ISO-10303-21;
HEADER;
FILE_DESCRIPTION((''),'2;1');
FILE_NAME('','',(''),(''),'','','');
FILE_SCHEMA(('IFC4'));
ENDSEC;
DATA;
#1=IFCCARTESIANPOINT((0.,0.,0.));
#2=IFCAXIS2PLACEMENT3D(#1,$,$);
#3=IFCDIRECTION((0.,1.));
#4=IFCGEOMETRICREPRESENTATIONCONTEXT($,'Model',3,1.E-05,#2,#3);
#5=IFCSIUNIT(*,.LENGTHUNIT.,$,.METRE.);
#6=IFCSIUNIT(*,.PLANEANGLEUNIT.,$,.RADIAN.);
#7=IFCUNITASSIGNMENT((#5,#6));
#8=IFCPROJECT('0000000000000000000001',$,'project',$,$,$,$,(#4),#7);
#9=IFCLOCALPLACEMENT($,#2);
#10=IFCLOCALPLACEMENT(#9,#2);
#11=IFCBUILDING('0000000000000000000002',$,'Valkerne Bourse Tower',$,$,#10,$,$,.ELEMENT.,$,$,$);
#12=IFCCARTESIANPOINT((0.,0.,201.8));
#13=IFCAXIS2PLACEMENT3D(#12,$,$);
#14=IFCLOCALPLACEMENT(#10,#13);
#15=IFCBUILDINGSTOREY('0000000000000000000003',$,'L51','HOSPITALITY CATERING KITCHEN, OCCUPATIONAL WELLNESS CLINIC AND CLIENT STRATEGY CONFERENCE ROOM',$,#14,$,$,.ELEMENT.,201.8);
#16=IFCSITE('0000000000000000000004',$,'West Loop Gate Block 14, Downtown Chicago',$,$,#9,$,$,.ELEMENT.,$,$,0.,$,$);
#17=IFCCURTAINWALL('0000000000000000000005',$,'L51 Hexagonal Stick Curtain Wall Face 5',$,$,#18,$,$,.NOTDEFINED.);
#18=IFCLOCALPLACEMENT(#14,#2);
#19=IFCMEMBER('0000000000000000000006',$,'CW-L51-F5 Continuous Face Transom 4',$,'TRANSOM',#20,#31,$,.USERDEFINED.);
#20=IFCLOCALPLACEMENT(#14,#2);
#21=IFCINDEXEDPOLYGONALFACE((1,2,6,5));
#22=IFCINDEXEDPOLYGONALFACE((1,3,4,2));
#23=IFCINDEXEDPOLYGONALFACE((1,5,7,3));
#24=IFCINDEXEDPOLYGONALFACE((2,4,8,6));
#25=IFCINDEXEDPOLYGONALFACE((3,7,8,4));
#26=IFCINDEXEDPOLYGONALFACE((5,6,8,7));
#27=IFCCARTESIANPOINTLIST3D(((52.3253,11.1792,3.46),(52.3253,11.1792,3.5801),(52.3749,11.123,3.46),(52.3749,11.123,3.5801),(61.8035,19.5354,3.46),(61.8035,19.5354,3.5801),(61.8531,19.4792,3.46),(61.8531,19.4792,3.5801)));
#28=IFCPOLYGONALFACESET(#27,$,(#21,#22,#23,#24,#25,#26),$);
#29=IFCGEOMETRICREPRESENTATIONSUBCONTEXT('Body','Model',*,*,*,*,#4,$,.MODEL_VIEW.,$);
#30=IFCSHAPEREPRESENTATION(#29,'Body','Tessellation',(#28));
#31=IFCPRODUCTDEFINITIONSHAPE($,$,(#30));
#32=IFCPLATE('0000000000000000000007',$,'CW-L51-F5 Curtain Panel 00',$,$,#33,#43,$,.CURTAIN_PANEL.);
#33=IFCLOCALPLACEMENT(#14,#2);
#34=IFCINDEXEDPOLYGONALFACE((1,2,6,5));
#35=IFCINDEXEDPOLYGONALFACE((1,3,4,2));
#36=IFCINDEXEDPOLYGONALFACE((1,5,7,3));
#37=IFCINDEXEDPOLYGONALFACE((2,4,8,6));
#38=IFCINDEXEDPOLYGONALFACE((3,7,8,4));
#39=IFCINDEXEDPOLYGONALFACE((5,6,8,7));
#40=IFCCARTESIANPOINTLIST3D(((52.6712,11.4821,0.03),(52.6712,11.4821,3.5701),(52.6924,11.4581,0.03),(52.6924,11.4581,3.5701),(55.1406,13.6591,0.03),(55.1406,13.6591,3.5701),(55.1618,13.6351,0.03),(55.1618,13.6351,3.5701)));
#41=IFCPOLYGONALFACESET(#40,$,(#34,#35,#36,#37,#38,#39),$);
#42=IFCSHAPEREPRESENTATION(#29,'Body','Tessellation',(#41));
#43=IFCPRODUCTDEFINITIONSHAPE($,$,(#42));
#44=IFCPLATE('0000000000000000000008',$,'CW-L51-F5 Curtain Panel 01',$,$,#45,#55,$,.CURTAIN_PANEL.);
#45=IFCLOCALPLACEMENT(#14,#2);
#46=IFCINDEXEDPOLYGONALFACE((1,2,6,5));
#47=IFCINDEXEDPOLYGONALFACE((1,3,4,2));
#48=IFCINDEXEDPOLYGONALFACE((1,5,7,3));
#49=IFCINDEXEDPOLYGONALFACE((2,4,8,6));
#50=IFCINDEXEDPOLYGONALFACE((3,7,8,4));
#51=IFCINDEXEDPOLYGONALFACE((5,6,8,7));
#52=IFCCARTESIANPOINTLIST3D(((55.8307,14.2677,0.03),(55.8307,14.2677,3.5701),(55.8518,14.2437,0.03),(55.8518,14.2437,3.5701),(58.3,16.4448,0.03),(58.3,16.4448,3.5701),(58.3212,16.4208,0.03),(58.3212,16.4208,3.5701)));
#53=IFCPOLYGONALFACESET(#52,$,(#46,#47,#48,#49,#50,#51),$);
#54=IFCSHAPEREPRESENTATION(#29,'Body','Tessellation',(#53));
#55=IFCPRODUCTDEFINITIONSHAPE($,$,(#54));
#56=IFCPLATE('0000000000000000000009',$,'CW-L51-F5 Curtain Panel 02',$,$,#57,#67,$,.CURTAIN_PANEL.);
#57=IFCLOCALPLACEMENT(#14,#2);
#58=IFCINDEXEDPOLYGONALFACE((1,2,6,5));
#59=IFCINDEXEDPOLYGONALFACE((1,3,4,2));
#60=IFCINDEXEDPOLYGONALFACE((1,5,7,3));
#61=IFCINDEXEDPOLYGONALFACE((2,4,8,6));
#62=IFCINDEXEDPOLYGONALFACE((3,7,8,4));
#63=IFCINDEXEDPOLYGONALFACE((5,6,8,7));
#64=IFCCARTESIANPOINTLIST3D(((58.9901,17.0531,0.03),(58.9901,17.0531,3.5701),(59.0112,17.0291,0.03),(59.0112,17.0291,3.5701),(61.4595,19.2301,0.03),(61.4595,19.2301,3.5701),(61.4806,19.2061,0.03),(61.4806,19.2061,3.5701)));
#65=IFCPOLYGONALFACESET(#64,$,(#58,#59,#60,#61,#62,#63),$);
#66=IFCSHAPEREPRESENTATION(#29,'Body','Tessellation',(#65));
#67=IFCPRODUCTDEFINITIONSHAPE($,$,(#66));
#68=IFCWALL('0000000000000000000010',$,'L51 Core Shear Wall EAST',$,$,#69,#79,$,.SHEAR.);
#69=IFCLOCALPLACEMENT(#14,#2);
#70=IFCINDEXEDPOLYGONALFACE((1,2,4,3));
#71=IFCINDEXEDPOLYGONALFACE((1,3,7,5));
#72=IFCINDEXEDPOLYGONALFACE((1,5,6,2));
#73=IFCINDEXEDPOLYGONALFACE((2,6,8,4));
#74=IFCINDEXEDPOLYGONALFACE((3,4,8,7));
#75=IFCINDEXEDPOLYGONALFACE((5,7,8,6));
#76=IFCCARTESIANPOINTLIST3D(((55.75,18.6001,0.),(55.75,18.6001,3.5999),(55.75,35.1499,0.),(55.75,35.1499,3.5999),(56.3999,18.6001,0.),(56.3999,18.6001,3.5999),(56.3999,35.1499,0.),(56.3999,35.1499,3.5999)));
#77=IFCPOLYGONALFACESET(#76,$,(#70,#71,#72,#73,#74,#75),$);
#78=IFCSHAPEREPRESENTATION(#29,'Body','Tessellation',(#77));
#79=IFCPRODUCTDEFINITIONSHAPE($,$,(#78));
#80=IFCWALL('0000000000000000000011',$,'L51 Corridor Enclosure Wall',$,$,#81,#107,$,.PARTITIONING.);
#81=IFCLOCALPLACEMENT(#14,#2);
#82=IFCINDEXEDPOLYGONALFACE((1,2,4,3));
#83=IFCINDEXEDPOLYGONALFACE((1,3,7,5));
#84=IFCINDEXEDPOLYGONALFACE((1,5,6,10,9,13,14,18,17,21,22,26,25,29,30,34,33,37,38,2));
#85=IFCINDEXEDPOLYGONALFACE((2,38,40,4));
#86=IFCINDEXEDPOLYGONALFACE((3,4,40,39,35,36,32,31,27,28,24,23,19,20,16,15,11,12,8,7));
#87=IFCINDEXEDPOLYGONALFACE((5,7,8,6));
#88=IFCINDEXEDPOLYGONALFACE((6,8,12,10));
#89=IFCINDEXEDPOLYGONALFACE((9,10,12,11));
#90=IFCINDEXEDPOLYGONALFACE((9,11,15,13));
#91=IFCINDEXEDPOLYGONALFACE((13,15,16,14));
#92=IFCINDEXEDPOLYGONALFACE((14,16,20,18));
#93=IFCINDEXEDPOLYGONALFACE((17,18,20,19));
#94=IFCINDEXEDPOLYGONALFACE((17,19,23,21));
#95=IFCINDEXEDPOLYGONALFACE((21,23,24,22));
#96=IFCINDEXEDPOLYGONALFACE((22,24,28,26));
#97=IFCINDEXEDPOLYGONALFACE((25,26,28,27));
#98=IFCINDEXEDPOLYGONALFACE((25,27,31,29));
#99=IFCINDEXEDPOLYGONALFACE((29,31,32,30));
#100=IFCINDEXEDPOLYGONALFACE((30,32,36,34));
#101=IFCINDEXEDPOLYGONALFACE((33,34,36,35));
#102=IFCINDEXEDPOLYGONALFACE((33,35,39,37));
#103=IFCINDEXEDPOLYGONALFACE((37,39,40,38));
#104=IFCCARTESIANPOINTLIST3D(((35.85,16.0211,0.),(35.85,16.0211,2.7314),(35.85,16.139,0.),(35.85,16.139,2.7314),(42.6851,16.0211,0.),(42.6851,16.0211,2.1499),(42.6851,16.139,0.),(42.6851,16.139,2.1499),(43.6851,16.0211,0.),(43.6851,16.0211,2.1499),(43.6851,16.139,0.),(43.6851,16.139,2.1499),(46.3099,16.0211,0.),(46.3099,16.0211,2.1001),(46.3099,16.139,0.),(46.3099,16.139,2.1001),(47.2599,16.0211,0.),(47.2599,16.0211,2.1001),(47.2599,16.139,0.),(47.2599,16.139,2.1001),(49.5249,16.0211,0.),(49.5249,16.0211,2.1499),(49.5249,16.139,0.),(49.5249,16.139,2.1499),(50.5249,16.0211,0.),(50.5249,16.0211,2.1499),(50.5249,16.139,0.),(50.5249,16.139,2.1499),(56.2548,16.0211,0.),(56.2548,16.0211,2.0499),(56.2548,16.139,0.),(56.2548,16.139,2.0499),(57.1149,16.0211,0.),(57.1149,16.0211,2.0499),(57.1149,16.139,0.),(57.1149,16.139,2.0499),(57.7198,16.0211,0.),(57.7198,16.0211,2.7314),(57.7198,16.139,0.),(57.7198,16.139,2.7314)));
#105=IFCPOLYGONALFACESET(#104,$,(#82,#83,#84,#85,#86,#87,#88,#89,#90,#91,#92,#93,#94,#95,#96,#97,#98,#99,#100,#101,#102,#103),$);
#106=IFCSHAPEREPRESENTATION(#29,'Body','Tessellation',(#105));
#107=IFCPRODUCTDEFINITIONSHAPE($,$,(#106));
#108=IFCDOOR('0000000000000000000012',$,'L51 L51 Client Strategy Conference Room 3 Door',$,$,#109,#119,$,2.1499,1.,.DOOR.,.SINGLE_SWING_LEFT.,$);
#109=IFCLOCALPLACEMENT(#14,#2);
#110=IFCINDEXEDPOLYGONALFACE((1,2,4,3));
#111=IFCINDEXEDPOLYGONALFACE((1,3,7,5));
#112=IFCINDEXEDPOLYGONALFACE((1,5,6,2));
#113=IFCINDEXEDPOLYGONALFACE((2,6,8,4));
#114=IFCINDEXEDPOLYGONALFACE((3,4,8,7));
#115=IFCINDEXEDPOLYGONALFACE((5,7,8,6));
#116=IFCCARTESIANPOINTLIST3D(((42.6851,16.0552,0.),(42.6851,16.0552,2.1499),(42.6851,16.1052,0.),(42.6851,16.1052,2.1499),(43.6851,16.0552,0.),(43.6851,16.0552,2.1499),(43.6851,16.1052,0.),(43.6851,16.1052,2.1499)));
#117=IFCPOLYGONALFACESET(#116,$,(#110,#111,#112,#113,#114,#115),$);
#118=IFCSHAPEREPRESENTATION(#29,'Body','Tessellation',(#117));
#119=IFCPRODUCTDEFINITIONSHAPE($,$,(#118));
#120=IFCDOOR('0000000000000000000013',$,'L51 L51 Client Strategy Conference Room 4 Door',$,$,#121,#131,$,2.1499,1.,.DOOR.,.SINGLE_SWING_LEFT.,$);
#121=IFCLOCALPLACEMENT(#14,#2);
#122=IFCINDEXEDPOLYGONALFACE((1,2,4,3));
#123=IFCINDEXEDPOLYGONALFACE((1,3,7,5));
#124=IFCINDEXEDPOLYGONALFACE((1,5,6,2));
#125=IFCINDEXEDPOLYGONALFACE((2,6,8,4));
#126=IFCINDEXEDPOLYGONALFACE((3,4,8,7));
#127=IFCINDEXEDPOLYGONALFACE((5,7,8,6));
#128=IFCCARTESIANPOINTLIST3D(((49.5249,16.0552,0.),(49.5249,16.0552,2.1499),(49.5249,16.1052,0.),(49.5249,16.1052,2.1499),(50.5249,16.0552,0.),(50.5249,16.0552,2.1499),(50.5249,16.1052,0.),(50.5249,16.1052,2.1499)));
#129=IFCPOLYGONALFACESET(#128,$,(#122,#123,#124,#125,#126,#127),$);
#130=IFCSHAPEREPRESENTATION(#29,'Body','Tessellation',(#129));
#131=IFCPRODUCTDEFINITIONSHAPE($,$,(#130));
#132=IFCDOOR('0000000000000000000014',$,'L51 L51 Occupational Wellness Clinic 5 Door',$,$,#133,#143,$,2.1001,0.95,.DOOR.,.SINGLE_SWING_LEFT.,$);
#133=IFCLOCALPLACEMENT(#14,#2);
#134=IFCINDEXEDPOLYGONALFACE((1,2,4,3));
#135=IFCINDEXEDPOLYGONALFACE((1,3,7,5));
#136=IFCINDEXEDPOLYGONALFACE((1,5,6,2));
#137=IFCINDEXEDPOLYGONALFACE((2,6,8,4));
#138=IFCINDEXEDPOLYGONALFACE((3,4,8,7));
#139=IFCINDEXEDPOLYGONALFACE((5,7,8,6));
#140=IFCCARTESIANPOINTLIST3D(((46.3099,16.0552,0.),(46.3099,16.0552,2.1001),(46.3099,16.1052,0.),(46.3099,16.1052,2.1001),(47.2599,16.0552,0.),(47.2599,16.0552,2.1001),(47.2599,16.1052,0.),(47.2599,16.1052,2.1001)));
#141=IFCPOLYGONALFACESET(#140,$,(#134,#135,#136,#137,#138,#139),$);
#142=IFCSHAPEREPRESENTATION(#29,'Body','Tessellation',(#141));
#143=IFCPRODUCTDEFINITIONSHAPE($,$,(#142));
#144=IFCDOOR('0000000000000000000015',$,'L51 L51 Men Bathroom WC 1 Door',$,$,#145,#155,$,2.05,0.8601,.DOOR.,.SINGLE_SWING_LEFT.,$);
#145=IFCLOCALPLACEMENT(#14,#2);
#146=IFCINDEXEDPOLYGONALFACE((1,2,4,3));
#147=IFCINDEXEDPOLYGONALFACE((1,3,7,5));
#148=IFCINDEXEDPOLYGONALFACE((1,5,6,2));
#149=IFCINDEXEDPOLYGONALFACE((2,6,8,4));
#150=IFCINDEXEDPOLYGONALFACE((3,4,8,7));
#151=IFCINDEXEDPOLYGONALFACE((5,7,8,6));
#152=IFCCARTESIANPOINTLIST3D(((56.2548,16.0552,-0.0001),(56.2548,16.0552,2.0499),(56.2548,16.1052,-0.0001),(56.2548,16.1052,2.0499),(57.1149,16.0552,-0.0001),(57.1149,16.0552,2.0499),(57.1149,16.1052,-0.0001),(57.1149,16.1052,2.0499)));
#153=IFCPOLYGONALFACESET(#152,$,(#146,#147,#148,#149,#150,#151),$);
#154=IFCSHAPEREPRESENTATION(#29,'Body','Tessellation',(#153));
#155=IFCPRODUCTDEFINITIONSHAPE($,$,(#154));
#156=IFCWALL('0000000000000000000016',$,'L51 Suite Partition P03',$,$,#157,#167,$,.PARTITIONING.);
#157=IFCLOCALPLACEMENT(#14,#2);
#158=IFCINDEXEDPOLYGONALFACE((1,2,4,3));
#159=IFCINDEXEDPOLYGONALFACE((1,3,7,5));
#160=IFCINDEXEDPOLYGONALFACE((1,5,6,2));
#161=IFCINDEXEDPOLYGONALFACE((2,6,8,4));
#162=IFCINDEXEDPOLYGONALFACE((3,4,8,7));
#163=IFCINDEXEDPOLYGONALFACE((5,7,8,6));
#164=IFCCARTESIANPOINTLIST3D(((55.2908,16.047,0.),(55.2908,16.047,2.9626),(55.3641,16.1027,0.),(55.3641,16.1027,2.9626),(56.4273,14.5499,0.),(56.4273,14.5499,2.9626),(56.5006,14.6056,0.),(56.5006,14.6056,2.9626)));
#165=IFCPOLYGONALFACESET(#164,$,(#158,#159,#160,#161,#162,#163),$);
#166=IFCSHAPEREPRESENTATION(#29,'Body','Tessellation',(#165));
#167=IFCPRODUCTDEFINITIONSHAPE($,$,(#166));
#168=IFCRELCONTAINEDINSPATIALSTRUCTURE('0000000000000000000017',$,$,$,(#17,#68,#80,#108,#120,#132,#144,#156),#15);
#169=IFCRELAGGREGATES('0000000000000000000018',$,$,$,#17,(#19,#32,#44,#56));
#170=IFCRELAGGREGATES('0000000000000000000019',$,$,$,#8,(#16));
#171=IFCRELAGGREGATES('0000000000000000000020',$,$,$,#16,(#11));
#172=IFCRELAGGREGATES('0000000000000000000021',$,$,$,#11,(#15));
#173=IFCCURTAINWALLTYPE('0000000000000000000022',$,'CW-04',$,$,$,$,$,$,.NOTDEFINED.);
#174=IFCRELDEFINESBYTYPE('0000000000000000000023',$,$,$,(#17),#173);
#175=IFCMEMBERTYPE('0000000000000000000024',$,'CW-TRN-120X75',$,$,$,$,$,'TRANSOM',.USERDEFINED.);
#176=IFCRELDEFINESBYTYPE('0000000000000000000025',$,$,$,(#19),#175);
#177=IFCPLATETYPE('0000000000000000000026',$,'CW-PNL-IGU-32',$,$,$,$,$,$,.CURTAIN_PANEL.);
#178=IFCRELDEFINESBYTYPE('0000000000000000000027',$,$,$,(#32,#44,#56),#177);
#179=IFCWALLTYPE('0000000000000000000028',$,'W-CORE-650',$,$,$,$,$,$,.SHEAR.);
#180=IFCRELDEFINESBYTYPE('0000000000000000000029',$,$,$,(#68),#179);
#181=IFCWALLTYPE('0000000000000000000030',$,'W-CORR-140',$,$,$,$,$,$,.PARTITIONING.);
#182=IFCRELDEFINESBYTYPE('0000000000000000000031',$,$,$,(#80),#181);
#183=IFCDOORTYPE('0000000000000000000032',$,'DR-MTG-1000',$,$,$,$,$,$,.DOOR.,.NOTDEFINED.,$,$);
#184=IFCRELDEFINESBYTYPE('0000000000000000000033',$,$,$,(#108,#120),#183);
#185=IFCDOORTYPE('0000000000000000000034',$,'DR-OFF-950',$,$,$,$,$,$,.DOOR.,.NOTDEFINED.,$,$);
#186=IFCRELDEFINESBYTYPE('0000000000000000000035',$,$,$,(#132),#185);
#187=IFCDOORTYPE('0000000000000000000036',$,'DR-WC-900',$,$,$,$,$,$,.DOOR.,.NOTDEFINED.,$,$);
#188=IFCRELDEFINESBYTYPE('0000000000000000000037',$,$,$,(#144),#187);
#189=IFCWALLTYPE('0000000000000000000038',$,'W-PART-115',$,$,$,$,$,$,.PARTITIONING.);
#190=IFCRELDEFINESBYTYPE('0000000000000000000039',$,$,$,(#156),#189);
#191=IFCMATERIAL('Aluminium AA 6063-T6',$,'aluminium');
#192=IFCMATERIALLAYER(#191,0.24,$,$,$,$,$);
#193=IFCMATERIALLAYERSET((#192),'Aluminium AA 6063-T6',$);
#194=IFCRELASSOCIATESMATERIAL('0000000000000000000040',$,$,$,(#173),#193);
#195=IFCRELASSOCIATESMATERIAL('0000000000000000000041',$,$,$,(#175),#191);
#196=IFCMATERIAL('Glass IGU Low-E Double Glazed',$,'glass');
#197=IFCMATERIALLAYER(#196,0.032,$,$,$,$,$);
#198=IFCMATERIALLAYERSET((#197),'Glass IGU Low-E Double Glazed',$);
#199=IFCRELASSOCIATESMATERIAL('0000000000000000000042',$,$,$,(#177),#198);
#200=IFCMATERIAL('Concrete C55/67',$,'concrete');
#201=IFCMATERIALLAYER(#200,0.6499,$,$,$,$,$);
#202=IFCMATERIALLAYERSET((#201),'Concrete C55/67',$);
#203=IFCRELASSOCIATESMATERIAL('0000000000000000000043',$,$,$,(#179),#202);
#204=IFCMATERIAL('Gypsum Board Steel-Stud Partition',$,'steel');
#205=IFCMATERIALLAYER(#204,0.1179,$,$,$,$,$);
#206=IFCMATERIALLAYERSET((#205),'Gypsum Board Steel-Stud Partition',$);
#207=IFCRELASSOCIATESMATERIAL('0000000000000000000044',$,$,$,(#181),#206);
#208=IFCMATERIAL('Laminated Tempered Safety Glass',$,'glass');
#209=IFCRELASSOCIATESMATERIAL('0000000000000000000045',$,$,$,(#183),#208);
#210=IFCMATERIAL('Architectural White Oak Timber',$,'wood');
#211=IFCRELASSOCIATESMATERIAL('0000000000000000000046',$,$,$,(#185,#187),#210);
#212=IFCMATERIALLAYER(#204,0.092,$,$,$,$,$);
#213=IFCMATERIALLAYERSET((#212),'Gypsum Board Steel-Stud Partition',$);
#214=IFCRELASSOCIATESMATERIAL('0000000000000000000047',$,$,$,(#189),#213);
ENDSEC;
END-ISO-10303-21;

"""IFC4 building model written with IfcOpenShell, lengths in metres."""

from ifc_helpers import new_model, si_unit, direction, frame, frame_2d, origin, origin_2d, place, context, subcontext, project, spatial, rectangle, extrude, material, layer, layer_set, material_profile, profile_set, type_object, element, fill, aggregate, save


model = new_model("IFC4")

# Units and contexts
model_context = context("Model", 3, precision=1e-05, world=origin(), true_north=direction((0.0, 1.0)))
body_context = subcontext(model_context, "Body", "Model", "MODEL_VIEW")
ifc_project = project(units=[si_unit("LENGTHUNIT", "METRE"), si_unit("PLANEANGLEUNIT", "RADIAN")], contexts=[model_context])

# Site, building, storey
site_placement = place(None, origin())
site = spatial("IfcSite", under=ifc_project, at=site_placement, Name="West Loop Gate Block 14, Downtown Chicago", CompositionType="ELEMENT", RefElevation=0.0)
building_placement = place(site_placement, origin())
building = spatial("IfcBuilding", under=site, at=building_placement, Name="Valkerne Bourse Tower", CompositionType="ELEMENT")
storey_placement = place(building_placement, frame((0.0, 0.0, 201.8)))
storey = spatial("IfcBuildingStorey", under=building, at=storey_placement, Name="L51", Description="HOSPITALITY CATERING KITCHEN, OCCUPATIONAL WELLNESS CLINIC AND CLIENT STRATEGY CONFERENCE ROOM", CompositionType="ELEMENT", Elevation=201.8)

# Curtain wall, member, plates
ifc_material_1 = material(Name="Aluminium AA 6063-T6", Category="aluminium")
ifc_layer_1 = layer(ifc_material_1, 0.24)
ifc_layer_set_1 = layer_set([ifc_layer_1], Name="Aluminium AA 6063-T6")
curtain_wall_type = type_object("IfcCurtainWallType", Name="CW-04", PredefinedType="NOTDEFINED", material=ifc_layer_set_1)
curtain_wall_placement = place(storey_placement, origin())
curtain_wall = element("IfcCurtainWall", 1, at=curtain_wall_placement, inside=storey, type_object=curtain_wall_type, Name="L51 Hexagonal Stick Curtain Wall Face 5", PredefinedType="NOTDEFINED")
ifc_material_profile_1 = material_profile(ifc_material_1, rectangle(XDim=0.075, YDim=0.1201, at=origin_2d()), Name="CWT-75X120")
ifc_profile_set_1 = profile_set([ifc_material_profile_1], Name="Aluminium AA 6063-T6")
member_type_1 = type_object("IfcMemberType", Name="CW-TRN-120X75", ElementType="TRANSOM", PredefinedType="USERDEFINED", material=ifc_profile_set_1)
member_1_placement = place(storey_placement, frame((52.3501, 11.1511, 3.52), z_axis=(0.750112, 0.661311, 0.0), x_axis=(-0.661311, 0.750112, 0.0)))
member_1 = element("IfcMember", 2, at=member_1_placement, type_object=member_type_1, Name="CW-L51-F5 Continuous Face Transom 4", ObjectType="TRANSOM", PredefinedType="USERDEFINED", context=body_context, shape_type="SweptSolid", body=[
    extrude(rectangle(XDim=0.075, YDim=0.1201, at=origin_2d()), origin(), (0.0, 0.0, 1.0), 12.6357),
])
ifc_material_2 = material(Name="Glass IGU Low-E Double Glazed", Category="glass")
ifc_layer_2 = layer(ifc_material_2, 0.032)
ifc_layer_set_2 = layer_set([ifc_layer_2], Name="Glass IGU Low-E Double Glazed")
plate_type = type_object("IfcPlateType", Name="CW-PNL-IGU-32", PredefinedType="CURTAIN_PANEL", material=ifc_layer_set_2)
plate_1_placement = place(storey_placement, frame((53.9165, 12.5586, 0.03), z_axis=(0.0, 0.0, 1.0), x_axis=(0.75012, 0.661302, 0.0)))
plate_1 = element("IfcPlate", 3, at=plate_1_placement, type_object=plate_type, Name="CW-L51-F5 Curtain Panel 00", PredefinedType="CURTAIN_PANEL", context=body_context, shape_type="SweptSolid", body=[
    extrude(rectangle(XDim=3.292, YDim=0.032, at=origin_2d()), origin(), (0.0, 0.0, 1.0), 3.54),
])
plate_2_placement = place(storey_placement, frame((57.0759, 15.3442, 0.03), z_axis=(0.0, 0.0, 1.0), x_axis=(0.750098, 0.661327, 0.0)))
plate_2 = element("IfcPlate", 4, at=plate_2_placement, type_object=plate_type, Name="CW-L51-F5 Curtain Panel 01", PredefinedType="CURTAIN_PANEL", context=body_context, shape_type="SweptSolid", body=[
    extrude(rectangle(XDim=3.292, YDim=0.032, at=origin_2d()), origin(), (0.0, 0.0, 1.0), 3.54),
])
plate_3_placement = place(storey_placement, frame((60.2354, 18.1296, 0.03), z_axis=(0.0, 0.0, 1.0), x_axis=(0.75012, 0.661302, 0.0)))
plate_3 = element("IfcPlate", 5, at=plate_3_placement, type_object=plate_type, Name="CW-L51-F5 Curtain Panel 02", PredefinedType="CURTAIN_PANEL", context=body_context, shape_type="SweptSolid", body=[
    extrude(rectangle(XDim=3.292, YDim=0.032, at=origin_2d()), origin(), (0.0, 0.0, 1.0), 3.54),
])
aggregate(curtain_wall, [member_1, plate_1, plate_2, plate_3])

# Wall
ifc_material_3 = material(Name="Concrete C55/67", Category="concrete")
ifc_layer_3 = layer(ifc_material_3, 0.6499)
ifc_layer_set_3 = layer_set([ifc_layer_3], Name="Concrete C55/67")
wall_type_1 = type_object("IfcWallType", Name="W-CORE-650", PredefinedType="SHEAR", material=ifc_layer_set_3)
wall_1_placement = place(storey_placement, frame((56.075, 18.6001, 0.0), z_axis=(0.0, 0.0, 1.0), x_axis=(0.0, 1.0, 0.0)))
element("IfcWall", 6, at=wall_1_placement, inside=storey, type_object=wall_type_1, Name="L51 Core Shear Wall EAST", PredefinedType="SHEAR", context=body_context, shape_type="SweptSolid", body=[
    extrude(rectangle(XDim=16.5498, YDim=0.6499, at=frame_2d((8.2749, 0.0))), origin(), (0.0, 0.0, 1.0), 3.5999),
])

# Wall, openings, doors
ifc_material_4 = material(Name="Gypsum Board Steel-Stud Partition", Category="steel")
ifc_layer_4 = layer(ifc_material_4, 0.1179)
ifc_layer_set_4 = layer_set([ifc_layer_4], Name="Gypsum Board Steel-Stud Partition")
wall_type_2 = type_object("IfcWallType", Name="W-CORR-140", PredefinedType="PARTITIONING", material=ifc_layer_set_4)
wall_2_placement = place(storey_placement, frame((57.72, 16.0801, 0.0), z_axis=(0.0, 0.0, 1.0), x_axis=(-1.0, 0.0, 0.0)))
wall_2 = element("IfcWall", 7, at=wall_2_placement, inside=storey, type_object=wall_type_2, Name="L51 Corridor Enclosure Wall", PredefinedType="PARTITIONING", context=body_context, shape_type="SweptSolid", body=[
    extrude(rectangle(XDim=21.8699, YDim=0.1179, at=frame_2d((10.9351, 0.0))), origin(), (0.0, 0.0, 1.0), 2.7314),
])
opening_1_placement = place(wall_2_placement, frame((0.605, 0.0, 0.0)))
opening_1 = element("IfcOpeningElement", 8, at=opening_1_placement, cuts=wall_2, PredefinedType="OPENING", context=body_context, shape_type="SweptSolid", body=[
    extrude(rectangle(XDim=0.8601, YDim=2.05, at=frame_2d((0.4302, 1.0249))), frame((0.0, 0.0688, 0.0), z_axis=(0.0, -1.0, 0.0), x_axis=(1.0, 0.0, 0.0)), (0.0, 0.0, 1.0), 0.1379),
])
opening_2_placement = place(wall_2_placement, frame((14.0349, 0.0, 0.0)))
opening_2 = element("IfcOpeningElement", 9, at=opening_2_placement, cuts=wall_2, PredefinedType="OPENING", context=body_context, shape_type="SweptSolid", body=[
    extrude(rectangle(XDim=1.0, YDim=2.1499, at=frame_2d((0.5, 1.075))), frame((0.0, 0.0688, 0.0), z_axis=(0.0, -1.0, 0.0), x_axis=(1.0, 0.0, 0.0)), (0.0, 0.0, 1.0), 0.1379),
])
opening_3_placement = place(wall_2_placement, frame((7.1951, 0.0, 0.0)))
opening_3 = element("IfcOpeningElement", 10, at=opening_3_placement, cuts=wall_2, PredefinedType="OPENING", context=body_context, shape_type="SweptSolid", body=[
    extrude(rectangle(XDim=1.0, YDim=2.1499, at=frame_2d((0.5, 1.075))), frame((0.0, 0.0688, 0.0), z_axis=(0.0, -1.0, 0.0), x_axis=(1.0, 0.0, 0.0)), (0.0, 0.0, 1.0), 0.1379),
])
opening_4_placement = place(wall_2_placement, frame((10.46, 0.0, 0.0)))
opening_4 = element("IfcOpeningElement", 11, at=opening_4_placement, cuts=wall_2, PredefinedType="OPENING", context=body_context, shape_type="SweptSolid", body=[
    extrude(rectangle(XDim=0.95, YDim=2.1001, at=frame_2d((0.4751, 1.05))), frame((0.0, 0.0688, 0.0), z_axis=(0.0, -1.0, 0.0), x_axis=(1.0, 0.0, 0.0)), (0.0, 0.0, 1.0), 0.1379),
])
ifc_material_5 = material(Name="Laminated Tempered Safety Glass", Category="glass")
door_type_1 = type_object("IfcDoorType", Name="DR-MTG-1000", OperationType="NOTDEFINED", PredefinedType="DOOR", material=ifc_material_5)
door_1_placement = place(opening_2_placement, origin())
door_1 = element("IfcDoor", 12, at=door_1_placement, inside=storey, type_object=door_type_1, Name="L51 L51 Client Strategy Conference Room 3 Door", OperationType="SINGLE_SWING_LEFT", OverallHeight=2.1499, OverallWidth=1.0, PredefinedType="DOOR", context=body_context, shape_type="SweptSolid", body=[
    extrude(rectangle(XDim=1.0, YDim=2.1499, at=frame_2d((0.5, 1.075))), frame((0.0, 0.0249, 0.0), z_axis=(0.0, -1.0, 0.0), x_axis=(1.0, 0.0, 0.0)), (0.0, 0.0, 1.0), 0.05),
])
fill(opening_2, door_1)
door_2_placement = place(opening_3_placement, origin())
door_2 = element("IfcDoor", 13, at=door_2_placement, inside=storey, type_object=door_type_1, Name="L51 L51 Client Strategy Conference Room 4 Door", OperationType="SINGLE_SWING_LEFT", OverallHeight=2.1499, OverallWidth=1.0, PredefinedType="DOOR", context=body_context, shape_type="SweptSolid", body=[
    extrude(rectangle(XDim=1.0, YDim=2.1499, at=frame_2d((0.5, 1.075))), frame((0.0, 0.0249, 0.0), z_axis=(0.0, -1.0, 0.0), x_axis=(1.0, 0.0, 0.0)), (0.0, 0.0, 1.0), 0.05),
])
fill(opening_3, door_2)
ifc_material_6 = material(Name="Architectural White Oak Timber", Category="wood")
door_type_2 = type_object("IfcDoorType", Name="DR-OFF-950", OperationType="NOTDEFINED", PredefinedType="DOOR", material=ifc_material_6)
door_3_placement = place(opening_4_placement, origin())
door_3 = element("IfcDoor", 14, at=door_3_placement, inside=storey, type_object=door_type_2, Name="L51 L51 Occupational Wellness Clinic 5 Door", OperationType="SINGLE_SWING_LEFT", OverallHeight=2.1001, OverallWidth=0.95, PredefinedType="DOOR", context=body_context, shape_type="SweptSolid", body=[
    extrude(rectangle(XDim=0.95, YDim=2.1001, at=frame_2d((0.4751, 1.05))), frame((0.0, 0.0249, 0.0), z_axis=(0.0, -1.0, 0.0), x_axis=(1.0, 0.0, 0.0)), (0.0, 0.0, 1.0), 0.05),
])
fill(opening_4, door_3)
door_type_3 = type_object("IfcDoorType", Name="DR-WC-900", OperationType="NOTDEFINED", PredefinedType="DOOR", material=ifc_material_6)
door_4_placement = place(opening_1_placement, origin())
door_4 = element("IfcDoor", 15, at=door_4_placement, inside=storey, type_object=door_type_3, Name="L51 L51 Men Bathroom WC 1 Door", OperationType="SINGLE_SWING_LEFT", OverallHeight=2.05, OverallWidth=0.8601, PredefinedType="DOOR", context=body_context, shape_type="SweptSolid", body=[
    extrude(rectangle(XDim=0.8601, YDim=2.05, at=frame_2d((0.4302, 1.0249))), frame((0.0, 0.0249, 0.0), z_axis=(0.0, -1.0, 0.0), x_axis=(1.0, 0.0, 0.0)), (0.0, 0.0, 1.0), 0.05),
])
fill(opening_1, door_4)

# Wall
ifc_layer_5 = layer(ifc_material_4, 0.092)
ifc_layer_set_5 = layer_set([ifc_layer_5], Name="Gypsum Board Steel-Stud Partition")
wall_type_3 = type_object("IfcWallType", Name="W-PART-115", PredefinedType="PARTITIONING", material=ifc_layer_set_5)
wall_3_placement = place(storey_placement, frame((55.3274, 16.075, 0.0), z_axis=(0.0, 0.0, 1.0), x_axis=(0.604645, -0.796495, 0.0)))
element("IfcWall", 16, at=wall_3_placement, inside=storey, type_object=wall_type_3, Name="L51 Suite Partition P03", PredefinedType="PARTITIONING", context=body_context, shape_type="SweptSolid", body=[
    extrude(rectangle(XDim=1.8796, YDim=0.092, at=frame_2d((0.9399, 0.0))), origin(), (0.0, 0.0, 1.0), 2.9626),
])

save(model, "model.ifc")
